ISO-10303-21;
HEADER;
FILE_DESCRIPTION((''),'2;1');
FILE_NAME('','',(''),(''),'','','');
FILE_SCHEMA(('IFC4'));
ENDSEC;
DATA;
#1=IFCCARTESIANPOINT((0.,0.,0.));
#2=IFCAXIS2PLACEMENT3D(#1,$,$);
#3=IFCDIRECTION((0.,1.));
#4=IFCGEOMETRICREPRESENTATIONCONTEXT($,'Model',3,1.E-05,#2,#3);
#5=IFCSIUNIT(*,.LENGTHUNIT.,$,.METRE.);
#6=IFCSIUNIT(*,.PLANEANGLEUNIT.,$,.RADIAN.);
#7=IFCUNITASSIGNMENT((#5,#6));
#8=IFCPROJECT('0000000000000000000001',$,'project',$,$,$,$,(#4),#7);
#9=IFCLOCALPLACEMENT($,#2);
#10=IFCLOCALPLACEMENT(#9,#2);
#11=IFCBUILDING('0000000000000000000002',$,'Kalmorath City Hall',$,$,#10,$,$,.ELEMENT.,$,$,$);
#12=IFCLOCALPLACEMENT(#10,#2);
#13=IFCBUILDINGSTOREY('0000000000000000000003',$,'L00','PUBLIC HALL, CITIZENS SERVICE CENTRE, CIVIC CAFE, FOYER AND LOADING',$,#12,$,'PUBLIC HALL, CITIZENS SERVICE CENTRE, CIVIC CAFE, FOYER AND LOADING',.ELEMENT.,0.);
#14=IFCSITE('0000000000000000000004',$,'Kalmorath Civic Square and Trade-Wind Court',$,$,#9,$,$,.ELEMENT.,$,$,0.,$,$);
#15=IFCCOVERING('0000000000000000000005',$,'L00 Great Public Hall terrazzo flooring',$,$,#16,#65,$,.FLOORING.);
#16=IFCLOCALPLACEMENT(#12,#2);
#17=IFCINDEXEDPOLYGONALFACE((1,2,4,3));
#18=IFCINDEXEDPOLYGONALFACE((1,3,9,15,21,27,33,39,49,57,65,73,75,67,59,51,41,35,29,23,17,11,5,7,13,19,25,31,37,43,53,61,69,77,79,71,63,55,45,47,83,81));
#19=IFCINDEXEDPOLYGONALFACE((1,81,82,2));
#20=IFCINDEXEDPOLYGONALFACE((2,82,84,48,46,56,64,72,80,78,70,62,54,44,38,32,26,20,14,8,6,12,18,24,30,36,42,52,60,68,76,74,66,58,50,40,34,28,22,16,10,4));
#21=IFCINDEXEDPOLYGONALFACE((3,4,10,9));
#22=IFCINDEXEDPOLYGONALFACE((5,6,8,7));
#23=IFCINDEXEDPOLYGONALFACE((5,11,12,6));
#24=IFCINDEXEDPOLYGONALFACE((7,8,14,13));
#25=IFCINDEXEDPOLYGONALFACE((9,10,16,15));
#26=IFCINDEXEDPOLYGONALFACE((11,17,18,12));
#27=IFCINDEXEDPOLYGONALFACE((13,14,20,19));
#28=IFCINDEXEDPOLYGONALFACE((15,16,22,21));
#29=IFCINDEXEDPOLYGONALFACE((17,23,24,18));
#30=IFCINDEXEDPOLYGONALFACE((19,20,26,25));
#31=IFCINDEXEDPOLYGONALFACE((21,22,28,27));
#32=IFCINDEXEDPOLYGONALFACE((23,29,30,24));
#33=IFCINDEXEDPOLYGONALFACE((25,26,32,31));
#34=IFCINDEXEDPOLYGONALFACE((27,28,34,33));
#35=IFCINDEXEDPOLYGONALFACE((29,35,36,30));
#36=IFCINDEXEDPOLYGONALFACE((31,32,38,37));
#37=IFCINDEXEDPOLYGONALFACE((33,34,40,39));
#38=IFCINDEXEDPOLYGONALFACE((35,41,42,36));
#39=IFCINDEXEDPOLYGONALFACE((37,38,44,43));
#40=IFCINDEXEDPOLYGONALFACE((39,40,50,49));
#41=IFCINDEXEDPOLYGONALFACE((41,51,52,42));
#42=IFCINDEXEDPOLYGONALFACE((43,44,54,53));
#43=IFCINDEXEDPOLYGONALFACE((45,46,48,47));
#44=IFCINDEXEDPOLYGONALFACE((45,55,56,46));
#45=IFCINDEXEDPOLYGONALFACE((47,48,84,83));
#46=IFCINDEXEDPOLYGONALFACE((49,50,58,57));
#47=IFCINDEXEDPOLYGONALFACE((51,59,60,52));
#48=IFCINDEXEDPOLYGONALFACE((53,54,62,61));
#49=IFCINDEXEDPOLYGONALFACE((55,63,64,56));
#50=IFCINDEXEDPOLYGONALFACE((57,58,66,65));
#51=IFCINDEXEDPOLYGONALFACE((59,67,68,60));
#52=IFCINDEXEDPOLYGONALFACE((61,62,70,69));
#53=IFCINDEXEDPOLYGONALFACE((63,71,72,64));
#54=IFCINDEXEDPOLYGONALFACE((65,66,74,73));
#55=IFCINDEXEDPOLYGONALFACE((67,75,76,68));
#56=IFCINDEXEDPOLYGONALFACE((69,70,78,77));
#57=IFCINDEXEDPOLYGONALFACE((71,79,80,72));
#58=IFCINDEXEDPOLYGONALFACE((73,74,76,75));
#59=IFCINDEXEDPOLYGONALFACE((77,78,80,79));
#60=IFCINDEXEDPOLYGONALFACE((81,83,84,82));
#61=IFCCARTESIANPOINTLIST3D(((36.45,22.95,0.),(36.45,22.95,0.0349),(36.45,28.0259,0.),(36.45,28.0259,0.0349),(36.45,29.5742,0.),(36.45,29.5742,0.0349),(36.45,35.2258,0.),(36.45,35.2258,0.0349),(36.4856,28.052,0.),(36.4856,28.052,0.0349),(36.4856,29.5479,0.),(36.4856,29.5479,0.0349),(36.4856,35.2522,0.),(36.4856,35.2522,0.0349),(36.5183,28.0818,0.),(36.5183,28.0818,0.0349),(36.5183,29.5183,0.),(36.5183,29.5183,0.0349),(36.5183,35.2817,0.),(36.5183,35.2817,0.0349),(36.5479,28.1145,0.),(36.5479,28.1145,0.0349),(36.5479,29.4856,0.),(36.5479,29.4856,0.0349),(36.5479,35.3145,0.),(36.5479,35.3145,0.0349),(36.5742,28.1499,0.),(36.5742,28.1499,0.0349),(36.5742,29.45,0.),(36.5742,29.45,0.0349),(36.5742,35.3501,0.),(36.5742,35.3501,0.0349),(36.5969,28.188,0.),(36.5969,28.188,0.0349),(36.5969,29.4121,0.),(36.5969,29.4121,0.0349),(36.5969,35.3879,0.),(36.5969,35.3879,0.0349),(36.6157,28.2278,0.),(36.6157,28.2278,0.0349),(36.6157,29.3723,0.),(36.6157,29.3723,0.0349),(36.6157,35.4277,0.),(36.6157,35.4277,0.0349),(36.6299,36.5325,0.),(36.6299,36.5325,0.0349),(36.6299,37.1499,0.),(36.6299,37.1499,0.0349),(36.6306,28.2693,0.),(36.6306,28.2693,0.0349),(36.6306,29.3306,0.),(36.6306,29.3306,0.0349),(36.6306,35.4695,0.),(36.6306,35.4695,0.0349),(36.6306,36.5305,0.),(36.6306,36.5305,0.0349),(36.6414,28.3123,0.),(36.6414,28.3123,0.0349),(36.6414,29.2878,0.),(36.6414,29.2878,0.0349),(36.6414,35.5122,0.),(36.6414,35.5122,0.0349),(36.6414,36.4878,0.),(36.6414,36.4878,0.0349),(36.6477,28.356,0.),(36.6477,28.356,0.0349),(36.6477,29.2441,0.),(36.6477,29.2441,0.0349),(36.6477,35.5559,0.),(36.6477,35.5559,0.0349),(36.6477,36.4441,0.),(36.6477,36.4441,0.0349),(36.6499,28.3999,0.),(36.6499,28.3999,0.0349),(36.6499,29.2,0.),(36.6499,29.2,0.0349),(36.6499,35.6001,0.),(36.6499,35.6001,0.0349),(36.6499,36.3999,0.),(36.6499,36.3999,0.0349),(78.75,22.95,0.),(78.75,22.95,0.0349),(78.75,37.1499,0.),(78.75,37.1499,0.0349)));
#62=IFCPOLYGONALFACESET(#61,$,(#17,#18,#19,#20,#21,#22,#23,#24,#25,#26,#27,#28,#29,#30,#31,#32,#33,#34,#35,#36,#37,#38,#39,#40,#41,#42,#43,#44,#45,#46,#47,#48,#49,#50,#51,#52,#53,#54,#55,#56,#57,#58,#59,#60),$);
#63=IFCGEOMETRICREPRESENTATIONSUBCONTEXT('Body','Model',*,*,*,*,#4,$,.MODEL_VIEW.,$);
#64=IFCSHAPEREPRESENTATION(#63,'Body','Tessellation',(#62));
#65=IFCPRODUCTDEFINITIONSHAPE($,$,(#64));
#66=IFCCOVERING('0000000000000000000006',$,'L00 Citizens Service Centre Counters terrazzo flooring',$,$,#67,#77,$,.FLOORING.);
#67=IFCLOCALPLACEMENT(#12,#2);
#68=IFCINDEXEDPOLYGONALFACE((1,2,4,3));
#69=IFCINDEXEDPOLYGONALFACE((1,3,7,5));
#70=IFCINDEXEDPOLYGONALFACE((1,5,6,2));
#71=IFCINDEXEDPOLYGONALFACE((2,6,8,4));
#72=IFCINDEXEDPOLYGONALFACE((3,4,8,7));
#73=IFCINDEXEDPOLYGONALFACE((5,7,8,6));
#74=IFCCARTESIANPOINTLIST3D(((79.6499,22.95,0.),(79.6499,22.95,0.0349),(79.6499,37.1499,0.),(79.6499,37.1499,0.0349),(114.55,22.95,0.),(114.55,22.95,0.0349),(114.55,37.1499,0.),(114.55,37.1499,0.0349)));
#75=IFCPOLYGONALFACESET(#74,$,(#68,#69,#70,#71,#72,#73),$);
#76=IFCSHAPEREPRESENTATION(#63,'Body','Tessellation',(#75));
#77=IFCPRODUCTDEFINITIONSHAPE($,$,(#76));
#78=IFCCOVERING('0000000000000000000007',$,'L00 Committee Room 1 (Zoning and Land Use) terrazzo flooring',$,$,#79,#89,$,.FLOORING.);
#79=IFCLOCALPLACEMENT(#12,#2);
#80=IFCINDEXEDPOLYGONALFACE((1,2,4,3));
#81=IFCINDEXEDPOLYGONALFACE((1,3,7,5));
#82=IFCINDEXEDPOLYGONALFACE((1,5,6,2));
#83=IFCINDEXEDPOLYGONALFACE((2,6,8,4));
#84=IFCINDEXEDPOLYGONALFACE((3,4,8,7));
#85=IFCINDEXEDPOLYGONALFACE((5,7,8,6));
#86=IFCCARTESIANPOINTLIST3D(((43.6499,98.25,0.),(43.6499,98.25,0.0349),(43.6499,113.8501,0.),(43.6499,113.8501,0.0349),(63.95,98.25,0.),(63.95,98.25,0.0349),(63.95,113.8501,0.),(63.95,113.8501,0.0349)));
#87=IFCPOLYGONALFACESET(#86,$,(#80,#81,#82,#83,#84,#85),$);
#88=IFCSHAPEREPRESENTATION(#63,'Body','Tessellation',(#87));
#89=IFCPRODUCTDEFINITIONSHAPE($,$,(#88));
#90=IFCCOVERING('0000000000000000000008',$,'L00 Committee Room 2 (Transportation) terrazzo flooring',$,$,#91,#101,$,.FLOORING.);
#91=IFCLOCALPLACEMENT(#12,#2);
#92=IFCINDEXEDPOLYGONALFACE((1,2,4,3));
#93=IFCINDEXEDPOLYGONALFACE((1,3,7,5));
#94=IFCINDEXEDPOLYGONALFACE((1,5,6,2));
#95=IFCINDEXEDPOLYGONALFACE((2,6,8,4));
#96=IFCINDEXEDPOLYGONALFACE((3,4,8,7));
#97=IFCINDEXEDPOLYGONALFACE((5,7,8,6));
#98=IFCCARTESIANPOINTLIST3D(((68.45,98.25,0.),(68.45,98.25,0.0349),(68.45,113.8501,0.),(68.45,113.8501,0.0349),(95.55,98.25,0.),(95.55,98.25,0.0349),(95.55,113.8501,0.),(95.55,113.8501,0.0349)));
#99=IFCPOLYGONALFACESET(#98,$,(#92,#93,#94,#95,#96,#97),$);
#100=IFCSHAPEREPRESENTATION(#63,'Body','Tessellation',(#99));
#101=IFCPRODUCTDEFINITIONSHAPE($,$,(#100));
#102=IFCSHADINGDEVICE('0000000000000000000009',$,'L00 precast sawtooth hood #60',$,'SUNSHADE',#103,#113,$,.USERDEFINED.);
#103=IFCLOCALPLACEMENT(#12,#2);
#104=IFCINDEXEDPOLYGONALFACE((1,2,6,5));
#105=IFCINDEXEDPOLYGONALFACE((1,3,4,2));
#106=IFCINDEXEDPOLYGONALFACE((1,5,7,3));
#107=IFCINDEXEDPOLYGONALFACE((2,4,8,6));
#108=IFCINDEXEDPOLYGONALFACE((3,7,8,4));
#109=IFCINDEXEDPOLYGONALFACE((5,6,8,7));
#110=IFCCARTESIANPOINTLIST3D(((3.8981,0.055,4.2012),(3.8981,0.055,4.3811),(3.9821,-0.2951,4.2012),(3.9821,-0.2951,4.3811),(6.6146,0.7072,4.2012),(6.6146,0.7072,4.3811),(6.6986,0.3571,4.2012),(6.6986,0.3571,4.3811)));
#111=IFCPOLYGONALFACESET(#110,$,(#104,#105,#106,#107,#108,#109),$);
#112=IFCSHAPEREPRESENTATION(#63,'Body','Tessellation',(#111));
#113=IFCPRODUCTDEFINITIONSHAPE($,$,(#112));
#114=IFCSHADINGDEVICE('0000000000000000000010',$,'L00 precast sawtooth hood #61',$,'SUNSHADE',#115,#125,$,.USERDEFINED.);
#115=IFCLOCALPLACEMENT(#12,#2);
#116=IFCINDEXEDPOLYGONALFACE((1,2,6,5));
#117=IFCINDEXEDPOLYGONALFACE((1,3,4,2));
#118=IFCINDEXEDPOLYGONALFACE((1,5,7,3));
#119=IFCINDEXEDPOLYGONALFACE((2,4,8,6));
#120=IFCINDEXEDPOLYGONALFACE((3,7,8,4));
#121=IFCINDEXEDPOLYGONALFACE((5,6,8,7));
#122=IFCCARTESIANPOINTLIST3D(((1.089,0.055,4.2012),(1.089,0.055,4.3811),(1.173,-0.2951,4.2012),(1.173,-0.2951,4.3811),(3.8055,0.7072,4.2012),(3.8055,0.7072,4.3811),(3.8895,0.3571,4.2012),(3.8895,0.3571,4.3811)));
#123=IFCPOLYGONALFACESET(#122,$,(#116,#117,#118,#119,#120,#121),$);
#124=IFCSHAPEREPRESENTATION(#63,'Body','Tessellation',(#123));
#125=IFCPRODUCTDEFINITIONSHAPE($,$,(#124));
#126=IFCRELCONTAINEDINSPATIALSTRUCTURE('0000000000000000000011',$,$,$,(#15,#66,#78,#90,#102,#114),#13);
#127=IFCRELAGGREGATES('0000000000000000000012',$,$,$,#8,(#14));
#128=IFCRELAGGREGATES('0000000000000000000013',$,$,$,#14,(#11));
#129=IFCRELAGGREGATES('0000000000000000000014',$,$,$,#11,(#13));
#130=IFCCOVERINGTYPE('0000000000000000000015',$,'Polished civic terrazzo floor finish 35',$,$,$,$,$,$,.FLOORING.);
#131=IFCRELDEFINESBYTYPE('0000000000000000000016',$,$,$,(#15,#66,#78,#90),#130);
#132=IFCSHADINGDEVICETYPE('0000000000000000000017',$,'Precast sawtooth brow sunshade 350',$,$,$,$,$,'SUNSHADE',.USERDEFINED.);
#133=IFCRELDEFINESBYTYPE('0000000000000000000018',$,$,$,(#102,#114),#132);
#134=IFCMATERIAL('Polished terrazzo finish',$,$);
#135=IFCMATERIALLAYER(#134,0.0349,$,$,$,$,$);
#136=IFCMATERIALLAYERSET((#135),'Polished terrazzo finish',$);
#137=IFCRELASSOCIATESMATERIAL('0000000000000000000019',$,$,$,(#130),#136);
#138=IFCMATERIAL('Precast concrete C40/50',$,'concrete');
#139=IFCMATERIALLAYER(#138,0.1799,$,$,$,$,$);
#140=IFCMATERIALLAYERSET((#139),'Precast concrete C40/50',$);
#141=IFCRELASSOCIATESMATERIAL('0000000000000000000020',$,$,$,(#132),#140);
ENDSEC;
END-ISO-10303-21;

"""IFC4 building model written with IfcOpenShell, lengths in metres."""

from ifc_helpers import new_model, si_unit, direction, frame, origin, origin_2d, place, context, subcontext, project, spatial, polyline, rectangle, outline, extrude, material, layer, layer_set, type_object, element, save


model = new_model("IFC4")

# Units and contexts
model_context = context("Model", 3, precision=1e-05, world=origin(), true_north=direction((0.0, 1.0)))
body_context = subcontext(model_context, "Body", "Model", "MODEL_VIEW")
ifc_project = project(units=[si_unit("LENGTHUNIT", "METRE"), si_unit("PLANEANGLEUNIT", "RADIAN")], contexts=[model_context])

# Site, building, storey
site_placement = place(None, origin())
site = spatial("IfcSite", under=ifc_project, at=site_placement, Name="Kalmorath Civic Square and Trade-Wind Court", CompositionType="ELEMENT", RefElevation=0.0)
building_placement = place(site_placement, origin())
building = spatial("IfcBuilding", under=site, at=building_placement, Name="Kalmorath City Hall", CompositionType="ELEMENT")
storey_placement = place(building_placement, origin())
storey = spatial("IfcBuildingStorey", under=building, at=storey_placement, Name="L00", Description="PUBLIC HALL, CITIZENS SERVICE CENTRE, CIVIC CAFE, FOYER AND LOADING", LongName="PUBLIC HALL, CITIZENS SERVICE CENTRE, CIVIC CAFE, FOYER AND LOADING", CompositionType="ELEMENT", Elevation=0.0)

# Coverings
ifc_material_1 = material(Name="Polished terrazzo finish")
ifc_layer_1 = layer(ifc_material_1, 0.0349)
ifc_layer_set_1 = layer_set([ifc_layer_1], Name="Polished terrazzo finish")
covering_type_1 = type_object("IfcCoveringType", Name="Polished civic terrazzo floor finish 35", PredefinedType="FLOORING", material=ifc_layer_set_1)
covering_1_placement = place(storey_placement, origin())
element("IfcCovering", 1, at=covering_1_placement, inside=storey, type_object=covering_type_1, Name="L00 Great Public Hall terrazzo flooring", PredefinedType="FLOORING", context=body_context, shape_type="SweptSolid", body=[
    extrude(outline(polyline([(36.45, 28.0259), (36.45, 28.0259), (36.4856, 28.052), (36.5183, 28.0818), (36.5479, 28.1145), (36.5742, 28.1499), (36.5969, 28.188), (36.6157, 28.2278), (36.6306, 28.2693), (36.6414, 28.3123), (36.6477, 28.356), (36.6499, 28.3999), (36.6499, 29.2), (36.6477, 29.2441), (36.6414, 29.2878), (36.6306, 29.3306), (36.6157, 29.3723), (36.5969, 29.4121), (36.5742, 29.45), (36.5479, 29.4856), (36.5183, 29.5183), (36.4856, 29.5479), (36.45, 29.5742), (36.45, 29.5742), (36.45, 35.2258), (36.45, 35.2258), (36.4856, 35.2522), (36.5183, 35.2817), (36.5479, 35.3145), (36.5742, 35.3501), (36.5969, 35.3879), (36.6157, 35.4277), (36.6306, 35.4695), (36.6414, 35.5122), (36.6477, 35.5559), (36.6499, 35.6001), (36.6499, 36.3999), (36.6477, 36.4441), (36.6414, 36.4878), (36.6306, 36.5305), (36.6299, 36.5325), (36.6299, 37.1499), (78.75, 37.1499), (78.75, 22.95), (36.45, 22.95), (36.45, 28.0259)])), origin(), (0.0, 0.0, 1.0), 0.0349),
])
covering_2_placement = place(storey_placement, origin())
element("IfcCovering", 2, at=covering_2_placement, inside=storey, type_object=covering_type_1, Name="L00 Citizens Service Centre Counters terrazzo flooring", PredefinedType="FLOORING", context=body_context, shape_type="SweptSolid", body=[
    extrude(outline(polyline([(114.55, 22.95), (79.6499, 22.95), (79.6499, 37.1499), (114.55, 37.1499), (114.55, 22.95)])), origin(), (0.0, 0.0, 1.0), 0.0349),
])
covering_3_placement = place(storey_placement, origin())
element("IfcCovering", 3, at=covering_3_placement, inside=storey, type_object=covering_type_1, Name="L00 Committee Room 1 (Zoning and Land Use) terrazzo flooring", PredefinedType="FLOORING", context=body_context, shape_type="SweptSolid", body=[
    extrude(outline(polyline([(63.95, 113.8501), (63.95, 98.25), (43.6499, 98.25), (43.6499, 113.8501), (63.95, 113.8501)])), origin(), (0.0, 0.0, 1.0), 0.0349),
])
covering_4_placement = place(storey_placement, origin())
element("IfcCovering", 4, at=covering_4_placement, inside=storey, type_object=covering_type_1, Name="L00 Committee Room 2 (Transportation) terrazzo flooring", PredefinedType="FLOORING", context=body_context, shape_type="SweptSolid", body=[
    extrude(outline(polyline([(68.45, 113.8501), (95.55, 113.8501), (95.55, 98.25), (68.45, 98.25), (68.45, 113.8501)])), origin(), (0.0, 0.0, 1.0), 0.0349),
])

# Shading devices
ifc_material_2 = material(Name="Precast concrete C40/50", Category="concrete")
ifc_layer_2 = layer(ifc_material_2, 0.1799)
ifc_layer_set_2 = layer_set([ifc_layer_2], Name="Precast concrete C40/50")
shading_device_type = type_object("IfcShadingDeviceType", Name="Precast sawtooth brow sunshade 350", ElementType="SUNSHADE", PredefinedType="USERDEFINED", material=ifc_layer_set_2)
for number, where, z_axis, x_axis, name in (
    (5, (5.2983, 0.2061, 4.2012), (0.0, 0.0, 1.0), (-0.97237, -0.233445, 0.0), "L00 precast sawtooth hood #60"),
    (6, (2.4893, 0.2061, 4.2012), (0.0, 0.0, 1.0), (-0.97237, -0.233445, 0.0), "L00 precast sawtooth hood #61"),
):
    element("IfcShadingDevice", number, at=place(storey_placement, frame(where, z_axis=z_axis, x_axis=x_axis)), inside=storey, type_object=shading_device_type, Name=name, ObjectType="SUNSHADE", PredefinedType="USERDEFINED", context=body_context, shape_type="SweptSolid", body=[
        extrude(rectangle(XDim=2.7937, YDim=0.3601, at=origin_2d()), origin(), (0.0, 0.0, 1.0), 0.1799),
    ])

save(model, "model.ifc")
